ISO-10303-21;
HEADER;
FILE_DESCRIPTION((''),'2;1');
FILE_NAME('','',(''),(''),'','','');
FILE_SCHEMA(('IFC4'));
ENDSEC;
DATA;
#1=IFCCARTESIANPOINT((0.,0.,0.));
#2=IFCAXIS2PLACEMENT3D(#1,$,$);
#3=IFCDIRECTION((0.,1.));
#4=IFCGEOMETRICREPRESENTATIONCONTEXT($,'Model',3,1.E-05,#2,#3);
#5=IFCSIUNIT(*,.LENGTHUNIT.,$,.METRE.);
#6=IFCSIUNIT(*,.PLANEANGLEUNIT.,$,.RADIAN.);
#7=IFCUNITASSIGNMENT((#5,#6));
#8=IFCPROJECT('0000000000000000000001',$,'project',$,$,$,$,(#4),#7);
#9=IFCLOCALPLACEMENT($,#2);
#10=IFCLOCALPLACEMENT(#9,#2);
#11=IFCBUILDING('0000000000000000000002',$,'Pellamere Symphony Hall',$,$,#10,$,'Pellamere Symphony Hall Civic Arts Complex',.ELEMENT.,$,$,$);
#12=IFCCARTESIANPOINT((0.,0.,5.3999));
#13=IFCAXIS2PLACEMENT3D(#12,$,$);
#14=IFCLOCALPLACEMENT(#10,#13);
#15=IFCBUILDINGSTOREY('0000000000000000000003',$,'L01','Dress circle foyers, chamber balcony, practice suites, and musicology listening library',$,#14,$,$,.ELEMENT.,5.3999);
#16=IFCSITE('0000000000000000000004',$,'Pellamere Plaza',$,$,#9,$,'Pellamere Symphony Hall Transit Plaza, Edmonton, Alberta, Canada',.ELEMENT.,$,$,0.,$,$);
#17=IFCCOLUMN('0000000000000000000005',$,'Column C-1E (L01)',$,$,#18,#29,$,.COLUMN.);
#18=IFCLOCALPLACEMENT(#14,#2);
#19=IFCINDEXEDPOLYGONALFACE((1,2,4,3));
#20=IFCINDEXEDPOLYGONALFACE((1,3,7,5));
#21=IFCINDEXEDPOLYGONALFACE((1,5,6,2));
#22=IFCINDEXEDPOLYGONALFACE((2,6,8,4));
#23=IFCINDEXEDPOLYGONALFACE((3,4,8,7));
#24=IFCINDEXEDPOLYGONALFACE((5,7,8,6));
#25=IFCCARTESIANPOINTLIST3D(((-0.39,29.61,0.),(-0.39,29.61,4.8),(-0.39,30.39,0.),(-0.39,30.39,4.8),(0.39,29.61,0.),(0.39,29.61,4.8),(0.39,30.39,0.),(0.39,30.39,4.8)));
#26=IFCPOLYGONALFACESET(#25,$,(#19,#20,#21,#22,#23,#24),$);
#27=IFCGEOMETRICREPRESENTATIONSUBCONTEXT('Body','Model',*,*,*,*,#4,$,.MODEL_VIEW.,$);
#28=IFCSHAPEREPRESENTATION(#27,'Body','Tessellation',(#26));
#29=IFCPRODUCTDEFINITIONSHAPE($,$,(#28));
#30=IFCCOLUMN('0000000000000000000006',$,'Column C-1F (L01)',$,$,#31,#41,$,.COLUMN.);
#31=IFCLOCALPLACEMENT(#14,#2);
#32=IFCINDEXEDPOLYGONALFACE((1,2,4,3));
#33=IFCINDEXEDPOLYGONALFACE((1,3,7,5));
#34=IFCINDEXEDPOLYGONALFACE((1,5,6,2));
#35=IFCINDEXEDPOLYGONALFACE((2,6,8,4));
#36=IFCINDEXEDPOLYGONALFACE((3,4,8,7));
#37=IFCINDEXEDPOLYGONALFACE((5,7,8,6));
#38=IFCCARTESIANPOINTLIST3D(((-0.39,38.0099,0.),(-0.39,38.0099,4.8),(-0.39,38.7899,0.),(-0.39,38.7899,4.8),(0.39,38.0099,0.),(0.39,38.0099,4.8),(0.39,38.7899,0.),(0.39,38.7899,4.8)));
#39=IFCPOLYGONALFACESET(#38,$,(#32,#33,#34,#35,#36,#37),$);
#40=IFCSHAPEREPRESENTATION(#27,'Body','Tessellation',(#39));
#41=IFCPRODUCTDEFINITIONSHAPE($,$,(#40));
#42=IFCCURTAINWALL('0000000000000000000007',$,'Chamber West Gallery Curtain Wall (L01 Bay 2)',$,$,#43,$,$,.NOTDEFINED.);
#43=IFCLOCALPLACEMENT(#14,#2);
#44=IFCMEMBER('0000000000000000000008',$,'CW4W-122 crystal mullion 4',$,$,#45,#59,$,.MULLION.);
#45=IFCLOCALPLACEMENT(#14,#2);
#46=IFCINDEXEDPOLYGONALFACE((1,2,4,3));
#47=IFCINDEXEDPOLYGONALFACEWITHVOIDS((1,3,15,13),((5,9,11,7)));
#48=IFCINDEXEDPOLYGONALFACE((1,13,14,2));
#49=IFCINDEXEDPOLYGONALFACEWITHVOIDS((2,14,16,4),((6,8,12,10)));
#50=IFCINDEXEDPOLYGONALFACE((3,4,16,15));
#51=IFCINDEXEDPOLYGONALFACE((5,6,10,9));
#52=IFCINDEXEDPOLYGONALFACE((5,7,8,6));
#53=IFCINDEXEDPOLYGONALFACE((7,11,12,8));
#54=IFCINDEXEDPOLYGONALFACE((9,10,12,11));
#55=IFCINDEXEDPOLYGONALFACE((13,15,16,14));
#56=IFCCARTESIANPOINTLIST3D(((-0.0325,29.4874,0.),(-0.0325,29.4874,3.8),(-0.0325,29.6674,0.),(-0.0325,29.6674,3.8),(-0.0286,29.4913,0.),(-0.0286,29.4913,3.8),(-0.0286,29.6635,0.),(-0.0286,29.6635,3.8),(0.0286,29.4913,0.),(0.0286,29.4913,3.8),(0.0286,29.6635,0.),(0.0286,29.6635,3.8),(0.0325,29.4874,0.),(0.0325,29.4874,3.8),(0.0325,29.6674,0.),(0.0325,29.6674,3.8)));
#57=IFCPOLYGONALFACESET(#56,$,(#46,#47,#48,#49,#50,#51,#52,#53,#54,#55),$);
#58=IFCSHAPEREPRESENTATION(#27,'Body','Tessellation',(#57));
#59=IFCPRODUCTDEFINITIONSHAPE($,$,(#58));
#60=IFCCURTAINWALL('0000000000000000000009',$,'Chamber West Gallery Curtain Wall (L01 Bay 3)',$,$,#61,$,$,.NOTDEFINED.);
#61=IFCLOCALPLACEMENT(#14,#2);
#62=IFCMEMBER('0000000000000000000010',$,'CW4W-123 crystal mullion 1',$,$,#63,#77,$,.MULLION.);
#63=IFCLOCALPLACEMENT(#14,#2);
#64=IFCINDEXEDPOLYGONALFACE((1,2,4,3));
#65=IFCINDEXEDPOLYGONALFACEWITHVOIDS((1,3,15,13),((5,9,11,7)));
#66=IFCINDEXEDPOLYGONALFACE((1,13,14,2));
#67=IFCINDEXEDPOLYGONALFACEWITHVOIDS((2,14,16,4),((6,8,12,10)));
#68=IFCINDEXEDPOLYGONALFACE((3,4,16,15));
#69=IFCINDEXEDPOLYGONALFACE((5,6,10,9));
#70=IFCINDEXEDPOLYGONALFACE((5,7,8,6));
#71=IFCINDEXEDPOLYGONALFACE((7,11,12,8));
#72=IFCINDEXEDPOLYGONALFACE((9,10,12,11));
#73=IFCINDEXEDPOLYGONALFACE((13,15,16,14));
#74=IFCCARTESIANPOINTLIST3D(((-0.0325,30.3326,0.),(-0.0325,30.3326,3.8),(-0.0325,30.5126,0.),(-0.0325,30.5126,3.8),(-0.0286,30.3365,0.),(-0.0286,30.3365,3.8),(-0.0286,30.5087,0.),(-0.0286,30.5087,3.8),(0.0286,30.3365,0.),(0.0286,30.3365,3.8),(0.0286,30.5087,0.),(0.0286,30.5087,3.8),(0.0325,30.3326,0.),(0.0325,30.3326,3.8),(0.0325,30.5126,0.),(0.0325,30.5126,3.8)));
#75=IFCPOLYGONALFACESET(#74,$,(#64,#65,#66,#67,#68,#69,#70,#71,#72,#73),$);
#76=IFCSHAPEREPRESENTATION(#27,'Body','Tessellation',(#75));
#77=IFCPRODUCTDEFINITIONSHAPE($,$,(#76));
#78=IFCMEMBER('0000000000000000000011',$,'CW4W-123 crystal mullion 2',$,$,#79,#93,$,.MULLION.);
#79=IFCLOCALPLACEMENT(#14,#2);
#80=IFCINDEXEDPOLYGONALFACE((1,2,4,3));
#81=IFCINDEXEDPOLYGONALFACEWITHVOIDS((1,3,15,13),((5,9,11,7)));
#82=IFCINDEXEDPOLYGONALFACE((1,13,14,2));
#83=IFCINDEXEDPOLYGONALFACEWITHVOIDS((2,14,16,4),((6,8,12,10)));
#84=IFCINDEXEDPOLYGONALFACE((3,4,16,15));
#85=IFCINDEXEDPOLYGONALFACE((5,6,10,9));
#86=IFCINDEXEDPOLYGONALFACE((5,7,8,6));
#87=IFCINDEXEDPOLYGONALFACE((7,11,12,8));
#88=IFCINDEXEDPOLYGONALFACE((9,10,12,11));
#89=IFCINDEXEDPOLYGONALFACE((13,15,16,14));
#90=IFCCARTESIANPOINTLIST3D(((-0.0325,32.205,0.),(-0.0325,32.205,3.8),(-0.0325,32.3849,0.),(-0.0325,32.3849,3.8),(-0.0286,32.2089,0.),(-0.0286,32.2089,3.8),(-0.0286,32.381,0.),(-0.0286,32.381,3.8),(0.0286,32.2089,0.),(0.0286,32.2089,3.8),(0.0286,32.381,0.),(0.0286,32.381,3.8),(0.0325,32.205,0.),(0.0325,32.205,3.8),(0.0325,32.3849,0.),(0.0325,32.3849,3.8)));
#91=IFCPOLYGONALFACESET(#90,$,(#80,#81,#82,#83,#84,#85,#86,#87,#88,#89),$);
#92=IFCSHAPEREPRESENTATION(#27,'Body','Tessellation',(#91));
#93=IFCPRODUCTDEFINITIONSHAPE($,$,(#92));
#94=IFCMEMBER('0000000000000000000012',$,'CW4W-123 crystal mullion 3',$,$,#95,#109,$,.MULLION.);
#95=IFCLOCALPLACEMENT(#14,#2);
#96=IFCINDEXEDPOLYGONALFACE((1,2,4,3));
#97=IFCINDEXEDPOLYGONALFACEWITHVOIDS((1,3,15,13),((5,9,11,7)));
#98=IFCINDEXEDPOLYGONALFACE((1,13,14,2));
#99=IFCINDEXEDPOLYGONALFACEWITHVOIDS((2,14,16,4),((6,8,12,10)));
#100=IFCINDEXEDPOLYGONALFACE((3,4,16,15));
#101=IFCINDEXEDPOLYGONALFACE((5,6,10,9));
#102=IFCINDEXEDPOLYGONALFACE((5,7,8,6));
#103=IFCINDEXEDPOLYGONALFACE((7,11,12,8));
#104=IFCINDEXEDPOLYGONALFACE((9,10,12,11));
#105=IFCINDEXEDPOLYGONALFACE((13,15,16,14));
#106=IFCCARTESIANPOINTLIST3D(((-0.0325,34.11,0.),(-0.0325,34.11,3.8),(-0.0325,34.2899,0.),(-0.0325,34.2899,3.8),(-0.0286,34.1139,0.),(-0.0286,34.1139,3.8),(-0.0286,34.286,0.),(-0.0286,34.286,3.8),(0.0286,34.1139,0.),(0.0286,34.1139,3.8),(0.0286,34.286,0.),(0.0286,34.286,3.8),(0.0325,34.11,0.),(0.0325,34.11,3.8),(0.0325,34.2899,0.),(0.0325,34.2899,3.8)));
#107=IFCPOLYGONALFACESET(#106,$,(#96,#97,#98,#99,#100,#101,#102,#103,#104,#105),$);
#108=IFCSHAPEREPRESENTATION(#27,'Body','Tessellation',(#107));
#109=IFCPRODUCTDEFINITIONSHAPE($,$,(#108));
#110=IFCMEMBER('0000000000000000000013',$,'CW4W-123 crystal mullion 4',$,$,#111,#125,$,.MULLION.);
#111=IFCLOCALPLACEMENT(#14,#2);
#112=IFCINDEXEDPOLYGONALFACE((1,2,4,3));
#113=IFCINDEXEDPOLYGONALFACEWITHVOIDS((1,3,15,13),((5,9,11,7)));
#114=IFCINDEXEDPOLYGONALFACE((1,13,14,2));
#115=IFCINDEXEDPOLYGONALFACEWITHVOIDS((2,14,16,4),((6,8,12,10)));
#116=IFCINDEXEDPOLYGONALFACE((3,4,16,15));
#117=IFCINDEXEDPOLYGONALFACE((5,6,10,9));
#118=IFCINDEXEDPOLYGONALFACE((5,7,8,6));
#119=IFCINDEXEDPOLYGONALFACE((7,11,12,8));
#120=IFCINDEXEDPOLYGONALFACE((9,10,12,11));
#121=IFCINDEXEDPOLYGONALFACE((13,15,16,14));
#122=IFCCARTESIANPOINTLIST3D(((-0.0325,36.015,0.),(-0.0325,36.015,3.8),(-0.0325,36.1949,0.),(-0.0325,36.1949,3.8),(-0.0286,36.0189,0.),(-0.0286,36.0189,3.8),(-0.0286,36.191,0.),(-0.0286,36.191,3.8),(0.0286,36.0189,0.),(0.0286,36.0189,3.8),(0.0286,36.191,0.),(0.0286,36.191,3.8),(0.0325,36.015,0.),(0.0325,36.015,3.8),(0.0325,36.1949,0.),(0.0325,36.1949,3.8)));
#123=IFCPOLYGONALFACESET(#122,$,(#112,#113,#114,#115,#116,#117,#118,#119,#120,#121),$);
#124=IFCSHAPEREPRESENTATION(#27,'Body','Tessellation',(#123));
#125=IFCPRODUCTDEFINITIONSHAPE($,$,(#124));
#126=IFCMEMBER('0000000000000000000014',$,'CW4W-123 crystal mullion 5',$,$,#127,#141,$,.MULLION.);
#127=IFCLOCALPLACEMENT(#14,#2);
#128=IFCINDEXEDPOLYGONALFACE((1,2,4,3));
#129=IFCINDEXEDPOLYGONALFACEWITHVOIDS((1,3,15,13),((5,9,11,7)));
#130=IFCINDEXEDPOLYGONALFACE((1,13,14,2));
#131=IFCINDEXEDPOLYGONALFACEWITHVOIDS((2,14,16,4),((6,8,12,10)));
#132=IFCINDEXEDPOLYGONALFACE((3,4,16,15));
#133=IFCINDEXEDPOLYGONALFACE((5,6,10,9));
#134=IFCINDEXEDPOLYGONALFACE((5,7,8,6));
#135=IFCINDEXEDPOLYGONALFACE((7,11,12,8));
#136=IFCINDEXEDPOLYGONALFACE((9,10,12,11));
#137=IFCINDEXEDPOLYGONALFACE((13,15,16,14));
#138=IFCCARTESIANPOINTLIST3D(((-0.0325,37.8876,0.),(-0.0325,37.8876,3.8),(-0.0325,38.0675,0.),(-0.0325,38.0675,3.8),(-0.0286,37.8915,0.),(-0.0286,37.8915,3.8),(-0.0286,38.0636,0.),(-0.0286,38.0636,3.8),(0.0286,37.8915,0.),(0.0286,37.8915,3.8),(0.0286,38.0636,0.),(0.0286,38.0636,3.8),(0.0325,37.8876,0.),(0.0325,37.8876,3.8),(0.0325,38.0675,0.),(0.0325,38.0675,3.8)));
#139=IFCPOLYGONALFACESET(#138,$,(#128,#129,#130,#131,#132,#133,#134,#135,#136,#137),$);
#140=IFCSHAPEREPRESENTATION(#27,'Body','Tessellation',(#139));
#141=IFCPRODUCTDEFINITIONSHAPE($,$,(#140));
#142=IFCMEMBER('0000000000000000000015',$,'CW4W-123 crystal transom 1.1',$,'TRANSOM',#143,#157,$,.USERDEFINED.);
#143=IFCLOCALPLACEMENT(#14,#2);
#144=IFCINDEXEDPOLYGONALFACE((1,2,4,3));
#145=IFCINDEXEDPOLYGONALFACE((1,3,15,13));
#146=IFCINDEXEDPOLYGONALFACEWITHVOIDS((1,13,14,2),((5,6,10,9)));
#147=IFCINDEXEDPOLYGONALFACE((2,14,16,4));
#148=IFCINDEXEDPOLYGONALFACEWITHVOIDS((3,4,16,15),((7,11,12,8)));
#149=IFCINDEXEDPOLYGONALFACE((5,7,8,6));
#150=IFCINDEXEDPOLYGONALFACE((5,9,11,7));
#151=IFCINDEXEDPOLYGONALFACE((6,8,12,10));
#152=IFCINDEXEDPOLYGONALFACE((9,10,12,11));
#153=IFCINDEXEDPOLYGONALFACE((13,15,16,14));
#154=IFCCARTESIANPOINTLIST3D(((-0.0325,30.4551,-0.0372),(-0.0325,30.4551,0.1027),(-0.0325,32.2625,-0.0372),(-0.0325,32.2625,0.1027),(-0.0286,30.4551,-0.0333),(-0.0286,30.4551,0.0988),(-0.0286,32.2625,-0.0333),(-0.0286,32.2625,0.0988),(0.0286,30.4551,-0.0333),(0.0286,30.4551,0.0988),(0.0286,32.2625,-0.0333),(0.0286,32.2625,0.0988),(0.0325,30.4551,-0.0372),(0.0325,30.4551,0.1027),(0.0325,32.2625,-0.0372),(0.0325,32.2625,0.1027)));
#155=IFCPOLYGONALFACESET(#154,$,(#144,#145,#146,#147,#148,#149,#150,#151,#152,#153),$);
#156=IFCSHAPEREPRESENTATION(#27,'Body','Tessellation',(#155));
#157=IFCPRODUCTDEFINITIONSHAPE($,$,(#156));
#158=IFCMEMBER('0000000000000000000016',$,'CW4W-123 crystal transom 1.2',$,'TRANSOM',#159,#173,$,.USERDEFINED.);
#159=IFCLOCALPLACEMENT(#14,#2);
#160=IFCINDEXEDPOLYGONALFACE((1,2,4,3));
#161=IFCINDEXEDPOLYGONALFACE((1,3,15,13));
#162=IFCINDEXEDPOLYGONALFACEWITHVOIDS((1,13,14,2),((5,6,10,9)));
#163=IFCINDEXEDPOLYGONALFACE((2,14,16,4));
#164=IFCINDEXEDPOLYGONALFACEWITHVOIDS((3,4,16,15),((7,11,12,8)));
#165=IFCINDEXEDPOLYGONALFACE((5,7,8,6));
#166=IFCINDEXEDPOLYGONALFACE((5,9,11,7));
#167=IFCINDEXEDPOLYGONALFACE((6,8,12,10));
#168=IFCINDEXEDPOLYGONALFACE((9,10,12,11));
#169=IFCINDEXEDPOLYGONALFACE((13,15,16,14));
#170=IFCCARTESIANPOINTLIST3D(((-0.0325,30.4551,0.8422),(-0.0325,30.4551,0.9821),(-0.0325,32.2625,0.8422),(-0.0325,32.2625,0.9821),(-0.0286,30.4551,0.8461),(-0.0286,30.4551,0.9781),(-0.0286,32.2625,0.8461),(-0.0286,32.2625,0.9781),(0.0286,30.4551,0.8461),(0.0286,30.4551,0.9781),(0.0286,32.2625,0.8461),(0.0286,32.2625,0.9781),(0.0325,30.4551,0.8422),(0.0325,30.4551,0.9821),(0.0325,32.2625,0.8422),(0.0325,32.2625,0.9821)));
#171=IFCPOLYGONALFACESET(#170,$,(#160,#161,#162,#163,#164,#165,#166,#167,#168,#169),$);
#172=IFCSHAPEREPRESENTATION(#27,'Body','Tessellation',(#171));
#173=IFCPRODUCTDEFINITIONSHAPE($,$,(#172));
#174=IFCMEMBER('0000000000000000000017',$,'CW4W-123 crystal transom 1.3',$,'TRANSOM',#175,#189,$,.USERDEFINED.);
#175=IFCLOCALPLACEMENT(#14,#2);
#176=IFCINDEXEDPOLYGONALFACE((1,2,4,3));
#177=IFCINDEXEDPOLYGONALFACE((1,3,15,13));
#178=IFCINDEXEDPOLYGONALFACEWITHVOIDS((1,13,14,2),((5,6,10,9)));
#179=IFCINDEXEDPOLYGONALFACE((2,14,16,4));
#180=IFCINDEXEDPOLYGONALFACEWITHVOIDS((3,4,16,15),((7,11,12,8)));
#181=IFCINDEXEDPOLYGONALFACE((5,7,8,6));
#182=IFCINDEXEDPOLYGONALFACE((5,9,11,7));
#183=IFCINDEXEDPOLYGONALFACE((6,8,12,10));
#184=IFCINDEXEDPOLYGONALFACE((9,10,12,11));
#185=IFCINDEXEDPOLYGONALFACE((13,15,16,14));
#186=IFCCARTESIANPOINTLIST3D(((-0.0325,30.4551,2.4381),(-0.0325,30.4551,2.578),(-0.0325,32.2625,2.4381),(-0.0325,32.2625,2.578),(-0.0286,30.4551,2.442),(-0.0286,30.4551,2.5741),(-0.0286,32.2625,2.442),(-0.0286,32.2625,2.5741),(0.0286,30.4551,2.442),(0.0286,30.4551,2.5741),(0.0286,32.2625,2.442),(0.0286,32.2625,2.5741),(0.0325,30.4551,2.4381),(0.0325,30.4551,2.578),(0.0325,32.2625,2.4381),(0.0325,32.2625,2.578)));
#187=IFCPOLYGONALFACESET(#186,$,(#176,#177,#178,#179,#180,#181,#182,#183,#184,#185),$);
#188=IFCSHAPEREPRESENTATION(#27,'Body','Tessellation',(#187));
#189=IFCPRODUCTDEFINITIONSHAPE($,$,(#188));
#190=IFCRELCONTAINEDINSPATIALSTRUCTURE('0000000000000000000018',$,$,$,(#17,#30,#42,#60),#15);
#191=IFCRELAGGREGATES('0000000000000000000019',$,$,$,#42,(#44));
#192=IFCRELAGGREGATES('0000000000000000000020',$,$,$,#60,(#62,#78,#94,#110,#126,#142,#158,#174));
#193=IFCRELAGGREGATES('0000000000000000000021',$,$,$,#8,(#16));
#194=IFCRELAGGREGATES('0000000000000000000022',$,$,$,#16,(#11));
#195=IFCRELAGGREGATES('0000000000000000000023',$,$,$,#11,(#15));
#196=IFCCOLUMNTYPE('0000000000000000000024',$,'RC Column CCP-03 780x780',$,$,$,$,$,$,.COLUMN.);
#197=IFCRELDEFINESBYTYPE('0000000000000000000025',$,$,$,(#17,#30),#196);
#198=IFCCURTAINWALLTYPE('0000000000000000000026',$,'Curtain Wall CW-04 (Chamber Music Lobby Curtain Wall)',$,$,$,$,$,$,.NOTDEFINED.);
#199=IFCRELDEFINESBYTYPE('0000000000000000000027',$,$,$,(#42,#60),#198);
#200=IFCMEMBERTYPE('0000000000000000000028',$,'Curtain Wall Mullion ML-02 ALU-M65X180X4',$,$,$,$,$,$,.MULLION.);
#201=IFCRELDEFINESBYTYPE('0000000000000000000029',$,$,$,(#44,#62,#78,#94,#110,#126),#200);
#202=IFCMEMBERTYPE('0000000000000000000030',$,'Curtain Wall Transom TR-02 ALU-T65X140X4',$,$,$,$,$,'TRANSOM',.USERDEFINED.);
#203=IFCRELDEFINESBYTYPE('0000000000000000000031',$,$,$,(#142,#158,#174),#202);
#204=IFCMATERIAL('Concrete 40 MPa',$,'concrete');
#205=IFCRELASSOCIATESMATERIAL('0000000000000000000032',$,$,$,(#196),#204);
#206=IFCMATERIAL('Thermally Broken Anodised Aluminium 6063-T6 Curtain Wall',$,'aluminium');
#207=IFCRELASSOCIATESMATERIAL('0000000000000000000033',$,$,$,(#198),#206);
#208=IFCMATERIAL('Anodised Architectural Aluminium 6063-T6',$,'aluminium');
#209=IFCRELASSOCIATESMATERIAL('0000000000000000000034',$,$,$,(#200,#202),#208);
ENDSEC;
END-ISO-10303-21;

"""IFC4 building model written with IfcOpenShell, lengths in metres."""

from ifc_helpers import new_model, si_unit, direction, frame, origin, origin_2d, place, context, subcontext, project, spatial, rectangle, hollow_rectangle, extrude, material, material_profile, profile_set, type_object, element, aggregate, save


model = new_model("IFC4")

# Units and contexts
model_context = context("Model", 3, precision=1e-05, world=origin(), true_north=direction((0.0, 1.0)))
body_context = subcontext(model_context, "Body", "Model", "MODEL_VIEW")
ifc_project = project(units=[si_unit("LENGTHUNIT", "METRE"), si_unit("PLANEANGLEUNIT", "RADIAN")], contexts=[model_context])

# Site, building, storey
site_placement = place(None, origin())
site = spatial("IfcSite", under=ifc_project, at=site_placement, Name="Pellamere Plaza", LongName="Pellamere Symphony Hall Transit Plaza, Edmonton, Alberta, Canada", CompositionType="ELEMENT", RefElevation=0.0)
building_placement = place(site_placement, origin())
building = spatial("IfcBuilding", under=site, at=building_placement, Name="Pellamere Symphony Hall", LongName="Pellamere Symphony Hall Civic Arts Complex", CompositionType="ELEMENT")
storey_placement = place(building_placement, frame((0.0, 0.0, 5.3999)))
storey = spatial("IfcBuildingStorey", under=building, at=storey_placement, Name="L01", Description="Dress circle foyers, chamber balcony, practice suites, and musicology listening library", CompositionType="ELEMENT", Elevation=5.3999)

# Columns
ifc_material_1 = material(Name="Concrete 40 MPa", Category="concrete")
ifc_material_profile_1 = material_profile(ifc_material_1, rectangle(XDim=0.78, YDim=0.78, at=origin_2d()), Name="RC 780x780")
ifc_profile_set_1 = profile_set([ifc_material_profile_1], Name="Concrete 40 MPa")
column_type = type_object("IfcColumnType", Name="RC Column CCP-03 780x780", PredefinedType="COLUMN", material=ifc_profile_set_1)
for number, where, z_axis, x_axis, name in (
    (1, (0.0, 30.0, 0.0), (0.0, 0.0, 1.0), (1.0, 0.0, 0.0), "Column C-1E (L01)"),
    (2, (0.0, 38.3999, 0.0), (0.0, 0.0, 1.0), (1.0, 0.0, 0.0), "Column C-1F (L01)"),
):
    element("IfcColumn", number, at=place(storey_placement, frame(where, z_axis=z_axis, x_axis=x_axis)), inside=storey, type_object=column_type, Name=name, PredefinedType="COLUMN", context=body_context, shape_type="SweptSolid", body=[
        extrude(rectangle(XDim=0.78, YDim=0.78, at=origin_2d()), origin(), (0.0, 0.0, 1.0), 4.8),
    ])

# Curtain wall, member
ifc_material_2 = material(Name="Thermally Broken Anodised Aluminium 6063-T6 Curtain Wall", Category="aluminium")
curtain_wall_type = type_object("IfcCurtainWallType", Name="Curtain Wall CW-04 (Chamber Music Lobby Curtain Wall)", PredefinedType="NOTDEFINED", material=ifc_material_2)
curtain_wall_1_placement = place(storey_placement, origin())
curtain_wall_1 = element("IfcCurtainWall", 3, at=curtain_wall_1_placement, inside=storey, type_object=curtain_wall_type, Name="Chamber West Gallery Curtain Wall (L01 Bay 2)", PredefinedType="NOTDEFINED")
ifc_material_3 = material(Name="Anodised Architectural Aluminium 6063-T6", Category="aluminium")
ifc_material_profile_2 = material_profile(ifc_material_3, hollow_rectangle(XDim=0.0649, YDim=0.1799, WallThickness=0.0039, at=origin_2d()), Name="ALU-M65X180X4")
ifc_profile_set_2 = profile_set([ifc_material_profile_2], Name="Anodised Architectural Aluminium 6063-T6")
member_type_1 = type_object("IfcMemberType", Name="Curtain Wall Mullion ML-02 ALU-M65X180X4", PredefinedType="MULLION", material=ifc_profile_set_2)
member_1_placement = place(storey_placement, frame((0.0, 29.5774, 0.0), z_axis=(0.0, 0.0, 1.0), x_axis=(-1.0, 0.0, 0.0)))
member_1 = element("IfcMember", 4, at=member_1_placement, type_object=member_type_1, Name="CW4W-122 crystal mullion 4", PredefinedType="MULLION", context=body_context, shape_type="SweptSolid", body=[
    extrude(hollow_rectangle(XDim=0.0649, YDim=0.1799, WallThickness=0.0039, at=origin_2d()), origin(), (0.0, 0.0, 1.0), 3.8),
])
aggregate(curtain_wall_1, [member_1])

# Curtain wall, members
curtain_wall_2_placement = place(storey_placement, origin())
curtain_wall_2 = element("IfcCurtainWall", 5, at=curtain_wall_2_placement, inside=storey, type_object=curtain_wall_type, Name="Chamber West Gallery Curtain Wall (L01 Bay 3)", PredefinedType="NOTDEFINED")
member_2_placement = place(storey_placement, frame((0.0, 30.4226, 0.0), z_axis=(0.0, 0.0, 1.0), x_axis=(-1.0, 0.0, 0.0)))
member_2 = element("IfcMember", 6, at=member_2_placement, type_object=member_type_1, Name="CW4W-123 crystal mullion 1", PredefinedType="MULLION", context=body_context, shape_type="SweptSolid", body=[
    extrude(hollow_rectangle(XDim=0.0649, YDim=0.1799, WallThickness=0.0039, at=origin_2d()), origin(), (0.0, 0.0, 1.0), 3.8),
])
member_3_placement = place(storey_placement, frame((0.0, 32.2949, 0.0), z_axis=(0.0, 0.0, 1.0), x_axis=(-1.0, 0.0, 0.0)))
member_3 = element("IfcMember", 7, at=member_3_placement, type_object=member_type_1, Name="CW4W-123 crystal mullion 2", PredefinedType="MULLION", context=body_context, shape_type="SweptSolid", body=[
    extrude(hollow_rectangle(XDim=0.0649, YDim=0.1799, WallThickness=0.0039, at=origin_2d()), origin(), (0.0, 0.0, 1.0), 3.8),
])
member_4_placement = place(storey_placement, frame((0.0, 34.2, 0.0), z_axis=(0.0, 0.0, 1.0), x_axis=(-1.0, 0.0, 0.0)))
member_4 = element("IfcMember", 8, at=member_4_placement, type_object=member_type_1, Name="CW4W-123 crystal mullion 3", PredefinedType="MULLION", context=body_context, shape_type="SweptSolid", body=[
    extrude(hollow_rectangle(XDim=0.0649, YDim=0.1799, WallThickness=0.0039, at=origin_2d()), origin(), (0.0, 0.0, 1.0), 3.8),
])
member_5_placement = place(storey_placement, frame((0.0, 36.105, 0.0), z_axis=(0.0, 0.0, 1.0), x_axis=(-1.0, 0.0, 0.0)))
member_5 = element("IfcMember", 9, at=member_5_placement, type_object=member_type_1, Name="CW4W-123 crystal mullion 4", PredefinedType="MULLION", context=body_context, shape_type="SweptSolid", body=[
    extrude(hollow_rectangle(XDim=0.0649, YDim=0.1799, WallThickness=0.0039, at=origin_2d()), origin(), (0.0, 0.0, 1.0), 3.8),
])
member_6_placement = place(storey_placement, frame((0.0, 37.9775, 0.0), z_axis=(0.0, 0.0, 1.0), x_axis=(-1.0, 0.0, 0.0)))
member_6 = element("IfcMember", 10, at=member_6_placement, type_object=member_type_1, Name="CW4W-123 crystal mullion 5", PredefinedType="MULLION", context=body_context, shape_type="SweptSolid", body=[
    extrude(hollow_rectangle(XDim=0.0649, YDim=0.1799, WallThickness=0.0039, at=origin_2d()), origin(), (0.0, 0.0, 1.0), 3.8),
])
ifc_material_profile_3 = material_profile(ifc_material_3, hollow_rectangle(XDim=0.0649, YDim=0.1399, WallThickness=0.0039, at=origin_2d()), Name="ALU-T65X140X4")
ifc_profile_set_3 = profile_set([ifc_material_profile_3], Name="Anodised Architectural Aluminium 6063-T6")
member_type_2 = type_object("IfcMemberType", Name="Curtain Wall Transom TR-02 ALU-T65X140X4", ElementType="TRANSOM", PredefinedType="USERDEFINED", material=ifc_profile_set_3)
member_7_placement = place(storey_placement, frame((0.0, 30.4551, 0.0327), z_axis=(0.0, 1.0, 0.0), x_axis=(-1.0, 0.0, 0.0)))
member_7 = element("IfcMember", 11, at=member_7_placement, type_object=member_type_2, Name="CW4W-123 crystal transom 1.1", ObjectType="TRANSOM", PredefinedType="USERDEFINED", context=body_context, shape_type="SweptSolid", body=[
    extrude(hollow_rectangle(XDim=0.0649, YDim=0.1399, WallThickness=0.0039, at=origin_2d()), origin(), (0.0, 0.0, 1.0), 1.8074),
])
member_8_placement = place(storey_placement, frame((0.0, 30.4551, 0.9121), z_axis=(0.0, 1.0, 0.0), x_axis=(-1.0, 0.0, 0.0)))
member_8 = element("IfcMember", 12, at=member_8_placement, type_object=member_type_2, Name="CW4W-123 crystal transom 1.2", ObjectType="TRANSOM", PredefinedType="USERDEFINED", context=body_context, shape_type="SweptSolid", body=[
    extrude(hollow_rectangle(XDim=0.0649, YDim=0.1399, WallThickness=0.0039, at=origin_2d()), origin(), (0.0, 0.0, 1.0), 1.8074),
])
member_9_placement = place(storey_placement, frame((0.0, 30.4551, 2.5081), z_axis=(0.0, 1.0, 0.0), x_axis=(-1.0, 0.0, 0.0)))
member_9 = element("IfcMember", 13, at=member_9_placement, type_object=member_type_2, Name="CW4W-123 crystal transom 1.3", ObjectType="TRANSOM", PredefinedType="USERDEFINED", context=body_context, shape_type="SweptSolid", body=[
    extrude(hollow_rectangle(XDim=0.0649, YDim=0.1399, WallThickness=0.0039, at=origin_2d()), origin(), (0.0, 0.0, 1.0), 1.8074),
])

aggregate(curtain_wall_2, [member_2, member_3, member_4, member_5, member_6, member_7, member_8, member_9])

save(model, "model.ifc")
